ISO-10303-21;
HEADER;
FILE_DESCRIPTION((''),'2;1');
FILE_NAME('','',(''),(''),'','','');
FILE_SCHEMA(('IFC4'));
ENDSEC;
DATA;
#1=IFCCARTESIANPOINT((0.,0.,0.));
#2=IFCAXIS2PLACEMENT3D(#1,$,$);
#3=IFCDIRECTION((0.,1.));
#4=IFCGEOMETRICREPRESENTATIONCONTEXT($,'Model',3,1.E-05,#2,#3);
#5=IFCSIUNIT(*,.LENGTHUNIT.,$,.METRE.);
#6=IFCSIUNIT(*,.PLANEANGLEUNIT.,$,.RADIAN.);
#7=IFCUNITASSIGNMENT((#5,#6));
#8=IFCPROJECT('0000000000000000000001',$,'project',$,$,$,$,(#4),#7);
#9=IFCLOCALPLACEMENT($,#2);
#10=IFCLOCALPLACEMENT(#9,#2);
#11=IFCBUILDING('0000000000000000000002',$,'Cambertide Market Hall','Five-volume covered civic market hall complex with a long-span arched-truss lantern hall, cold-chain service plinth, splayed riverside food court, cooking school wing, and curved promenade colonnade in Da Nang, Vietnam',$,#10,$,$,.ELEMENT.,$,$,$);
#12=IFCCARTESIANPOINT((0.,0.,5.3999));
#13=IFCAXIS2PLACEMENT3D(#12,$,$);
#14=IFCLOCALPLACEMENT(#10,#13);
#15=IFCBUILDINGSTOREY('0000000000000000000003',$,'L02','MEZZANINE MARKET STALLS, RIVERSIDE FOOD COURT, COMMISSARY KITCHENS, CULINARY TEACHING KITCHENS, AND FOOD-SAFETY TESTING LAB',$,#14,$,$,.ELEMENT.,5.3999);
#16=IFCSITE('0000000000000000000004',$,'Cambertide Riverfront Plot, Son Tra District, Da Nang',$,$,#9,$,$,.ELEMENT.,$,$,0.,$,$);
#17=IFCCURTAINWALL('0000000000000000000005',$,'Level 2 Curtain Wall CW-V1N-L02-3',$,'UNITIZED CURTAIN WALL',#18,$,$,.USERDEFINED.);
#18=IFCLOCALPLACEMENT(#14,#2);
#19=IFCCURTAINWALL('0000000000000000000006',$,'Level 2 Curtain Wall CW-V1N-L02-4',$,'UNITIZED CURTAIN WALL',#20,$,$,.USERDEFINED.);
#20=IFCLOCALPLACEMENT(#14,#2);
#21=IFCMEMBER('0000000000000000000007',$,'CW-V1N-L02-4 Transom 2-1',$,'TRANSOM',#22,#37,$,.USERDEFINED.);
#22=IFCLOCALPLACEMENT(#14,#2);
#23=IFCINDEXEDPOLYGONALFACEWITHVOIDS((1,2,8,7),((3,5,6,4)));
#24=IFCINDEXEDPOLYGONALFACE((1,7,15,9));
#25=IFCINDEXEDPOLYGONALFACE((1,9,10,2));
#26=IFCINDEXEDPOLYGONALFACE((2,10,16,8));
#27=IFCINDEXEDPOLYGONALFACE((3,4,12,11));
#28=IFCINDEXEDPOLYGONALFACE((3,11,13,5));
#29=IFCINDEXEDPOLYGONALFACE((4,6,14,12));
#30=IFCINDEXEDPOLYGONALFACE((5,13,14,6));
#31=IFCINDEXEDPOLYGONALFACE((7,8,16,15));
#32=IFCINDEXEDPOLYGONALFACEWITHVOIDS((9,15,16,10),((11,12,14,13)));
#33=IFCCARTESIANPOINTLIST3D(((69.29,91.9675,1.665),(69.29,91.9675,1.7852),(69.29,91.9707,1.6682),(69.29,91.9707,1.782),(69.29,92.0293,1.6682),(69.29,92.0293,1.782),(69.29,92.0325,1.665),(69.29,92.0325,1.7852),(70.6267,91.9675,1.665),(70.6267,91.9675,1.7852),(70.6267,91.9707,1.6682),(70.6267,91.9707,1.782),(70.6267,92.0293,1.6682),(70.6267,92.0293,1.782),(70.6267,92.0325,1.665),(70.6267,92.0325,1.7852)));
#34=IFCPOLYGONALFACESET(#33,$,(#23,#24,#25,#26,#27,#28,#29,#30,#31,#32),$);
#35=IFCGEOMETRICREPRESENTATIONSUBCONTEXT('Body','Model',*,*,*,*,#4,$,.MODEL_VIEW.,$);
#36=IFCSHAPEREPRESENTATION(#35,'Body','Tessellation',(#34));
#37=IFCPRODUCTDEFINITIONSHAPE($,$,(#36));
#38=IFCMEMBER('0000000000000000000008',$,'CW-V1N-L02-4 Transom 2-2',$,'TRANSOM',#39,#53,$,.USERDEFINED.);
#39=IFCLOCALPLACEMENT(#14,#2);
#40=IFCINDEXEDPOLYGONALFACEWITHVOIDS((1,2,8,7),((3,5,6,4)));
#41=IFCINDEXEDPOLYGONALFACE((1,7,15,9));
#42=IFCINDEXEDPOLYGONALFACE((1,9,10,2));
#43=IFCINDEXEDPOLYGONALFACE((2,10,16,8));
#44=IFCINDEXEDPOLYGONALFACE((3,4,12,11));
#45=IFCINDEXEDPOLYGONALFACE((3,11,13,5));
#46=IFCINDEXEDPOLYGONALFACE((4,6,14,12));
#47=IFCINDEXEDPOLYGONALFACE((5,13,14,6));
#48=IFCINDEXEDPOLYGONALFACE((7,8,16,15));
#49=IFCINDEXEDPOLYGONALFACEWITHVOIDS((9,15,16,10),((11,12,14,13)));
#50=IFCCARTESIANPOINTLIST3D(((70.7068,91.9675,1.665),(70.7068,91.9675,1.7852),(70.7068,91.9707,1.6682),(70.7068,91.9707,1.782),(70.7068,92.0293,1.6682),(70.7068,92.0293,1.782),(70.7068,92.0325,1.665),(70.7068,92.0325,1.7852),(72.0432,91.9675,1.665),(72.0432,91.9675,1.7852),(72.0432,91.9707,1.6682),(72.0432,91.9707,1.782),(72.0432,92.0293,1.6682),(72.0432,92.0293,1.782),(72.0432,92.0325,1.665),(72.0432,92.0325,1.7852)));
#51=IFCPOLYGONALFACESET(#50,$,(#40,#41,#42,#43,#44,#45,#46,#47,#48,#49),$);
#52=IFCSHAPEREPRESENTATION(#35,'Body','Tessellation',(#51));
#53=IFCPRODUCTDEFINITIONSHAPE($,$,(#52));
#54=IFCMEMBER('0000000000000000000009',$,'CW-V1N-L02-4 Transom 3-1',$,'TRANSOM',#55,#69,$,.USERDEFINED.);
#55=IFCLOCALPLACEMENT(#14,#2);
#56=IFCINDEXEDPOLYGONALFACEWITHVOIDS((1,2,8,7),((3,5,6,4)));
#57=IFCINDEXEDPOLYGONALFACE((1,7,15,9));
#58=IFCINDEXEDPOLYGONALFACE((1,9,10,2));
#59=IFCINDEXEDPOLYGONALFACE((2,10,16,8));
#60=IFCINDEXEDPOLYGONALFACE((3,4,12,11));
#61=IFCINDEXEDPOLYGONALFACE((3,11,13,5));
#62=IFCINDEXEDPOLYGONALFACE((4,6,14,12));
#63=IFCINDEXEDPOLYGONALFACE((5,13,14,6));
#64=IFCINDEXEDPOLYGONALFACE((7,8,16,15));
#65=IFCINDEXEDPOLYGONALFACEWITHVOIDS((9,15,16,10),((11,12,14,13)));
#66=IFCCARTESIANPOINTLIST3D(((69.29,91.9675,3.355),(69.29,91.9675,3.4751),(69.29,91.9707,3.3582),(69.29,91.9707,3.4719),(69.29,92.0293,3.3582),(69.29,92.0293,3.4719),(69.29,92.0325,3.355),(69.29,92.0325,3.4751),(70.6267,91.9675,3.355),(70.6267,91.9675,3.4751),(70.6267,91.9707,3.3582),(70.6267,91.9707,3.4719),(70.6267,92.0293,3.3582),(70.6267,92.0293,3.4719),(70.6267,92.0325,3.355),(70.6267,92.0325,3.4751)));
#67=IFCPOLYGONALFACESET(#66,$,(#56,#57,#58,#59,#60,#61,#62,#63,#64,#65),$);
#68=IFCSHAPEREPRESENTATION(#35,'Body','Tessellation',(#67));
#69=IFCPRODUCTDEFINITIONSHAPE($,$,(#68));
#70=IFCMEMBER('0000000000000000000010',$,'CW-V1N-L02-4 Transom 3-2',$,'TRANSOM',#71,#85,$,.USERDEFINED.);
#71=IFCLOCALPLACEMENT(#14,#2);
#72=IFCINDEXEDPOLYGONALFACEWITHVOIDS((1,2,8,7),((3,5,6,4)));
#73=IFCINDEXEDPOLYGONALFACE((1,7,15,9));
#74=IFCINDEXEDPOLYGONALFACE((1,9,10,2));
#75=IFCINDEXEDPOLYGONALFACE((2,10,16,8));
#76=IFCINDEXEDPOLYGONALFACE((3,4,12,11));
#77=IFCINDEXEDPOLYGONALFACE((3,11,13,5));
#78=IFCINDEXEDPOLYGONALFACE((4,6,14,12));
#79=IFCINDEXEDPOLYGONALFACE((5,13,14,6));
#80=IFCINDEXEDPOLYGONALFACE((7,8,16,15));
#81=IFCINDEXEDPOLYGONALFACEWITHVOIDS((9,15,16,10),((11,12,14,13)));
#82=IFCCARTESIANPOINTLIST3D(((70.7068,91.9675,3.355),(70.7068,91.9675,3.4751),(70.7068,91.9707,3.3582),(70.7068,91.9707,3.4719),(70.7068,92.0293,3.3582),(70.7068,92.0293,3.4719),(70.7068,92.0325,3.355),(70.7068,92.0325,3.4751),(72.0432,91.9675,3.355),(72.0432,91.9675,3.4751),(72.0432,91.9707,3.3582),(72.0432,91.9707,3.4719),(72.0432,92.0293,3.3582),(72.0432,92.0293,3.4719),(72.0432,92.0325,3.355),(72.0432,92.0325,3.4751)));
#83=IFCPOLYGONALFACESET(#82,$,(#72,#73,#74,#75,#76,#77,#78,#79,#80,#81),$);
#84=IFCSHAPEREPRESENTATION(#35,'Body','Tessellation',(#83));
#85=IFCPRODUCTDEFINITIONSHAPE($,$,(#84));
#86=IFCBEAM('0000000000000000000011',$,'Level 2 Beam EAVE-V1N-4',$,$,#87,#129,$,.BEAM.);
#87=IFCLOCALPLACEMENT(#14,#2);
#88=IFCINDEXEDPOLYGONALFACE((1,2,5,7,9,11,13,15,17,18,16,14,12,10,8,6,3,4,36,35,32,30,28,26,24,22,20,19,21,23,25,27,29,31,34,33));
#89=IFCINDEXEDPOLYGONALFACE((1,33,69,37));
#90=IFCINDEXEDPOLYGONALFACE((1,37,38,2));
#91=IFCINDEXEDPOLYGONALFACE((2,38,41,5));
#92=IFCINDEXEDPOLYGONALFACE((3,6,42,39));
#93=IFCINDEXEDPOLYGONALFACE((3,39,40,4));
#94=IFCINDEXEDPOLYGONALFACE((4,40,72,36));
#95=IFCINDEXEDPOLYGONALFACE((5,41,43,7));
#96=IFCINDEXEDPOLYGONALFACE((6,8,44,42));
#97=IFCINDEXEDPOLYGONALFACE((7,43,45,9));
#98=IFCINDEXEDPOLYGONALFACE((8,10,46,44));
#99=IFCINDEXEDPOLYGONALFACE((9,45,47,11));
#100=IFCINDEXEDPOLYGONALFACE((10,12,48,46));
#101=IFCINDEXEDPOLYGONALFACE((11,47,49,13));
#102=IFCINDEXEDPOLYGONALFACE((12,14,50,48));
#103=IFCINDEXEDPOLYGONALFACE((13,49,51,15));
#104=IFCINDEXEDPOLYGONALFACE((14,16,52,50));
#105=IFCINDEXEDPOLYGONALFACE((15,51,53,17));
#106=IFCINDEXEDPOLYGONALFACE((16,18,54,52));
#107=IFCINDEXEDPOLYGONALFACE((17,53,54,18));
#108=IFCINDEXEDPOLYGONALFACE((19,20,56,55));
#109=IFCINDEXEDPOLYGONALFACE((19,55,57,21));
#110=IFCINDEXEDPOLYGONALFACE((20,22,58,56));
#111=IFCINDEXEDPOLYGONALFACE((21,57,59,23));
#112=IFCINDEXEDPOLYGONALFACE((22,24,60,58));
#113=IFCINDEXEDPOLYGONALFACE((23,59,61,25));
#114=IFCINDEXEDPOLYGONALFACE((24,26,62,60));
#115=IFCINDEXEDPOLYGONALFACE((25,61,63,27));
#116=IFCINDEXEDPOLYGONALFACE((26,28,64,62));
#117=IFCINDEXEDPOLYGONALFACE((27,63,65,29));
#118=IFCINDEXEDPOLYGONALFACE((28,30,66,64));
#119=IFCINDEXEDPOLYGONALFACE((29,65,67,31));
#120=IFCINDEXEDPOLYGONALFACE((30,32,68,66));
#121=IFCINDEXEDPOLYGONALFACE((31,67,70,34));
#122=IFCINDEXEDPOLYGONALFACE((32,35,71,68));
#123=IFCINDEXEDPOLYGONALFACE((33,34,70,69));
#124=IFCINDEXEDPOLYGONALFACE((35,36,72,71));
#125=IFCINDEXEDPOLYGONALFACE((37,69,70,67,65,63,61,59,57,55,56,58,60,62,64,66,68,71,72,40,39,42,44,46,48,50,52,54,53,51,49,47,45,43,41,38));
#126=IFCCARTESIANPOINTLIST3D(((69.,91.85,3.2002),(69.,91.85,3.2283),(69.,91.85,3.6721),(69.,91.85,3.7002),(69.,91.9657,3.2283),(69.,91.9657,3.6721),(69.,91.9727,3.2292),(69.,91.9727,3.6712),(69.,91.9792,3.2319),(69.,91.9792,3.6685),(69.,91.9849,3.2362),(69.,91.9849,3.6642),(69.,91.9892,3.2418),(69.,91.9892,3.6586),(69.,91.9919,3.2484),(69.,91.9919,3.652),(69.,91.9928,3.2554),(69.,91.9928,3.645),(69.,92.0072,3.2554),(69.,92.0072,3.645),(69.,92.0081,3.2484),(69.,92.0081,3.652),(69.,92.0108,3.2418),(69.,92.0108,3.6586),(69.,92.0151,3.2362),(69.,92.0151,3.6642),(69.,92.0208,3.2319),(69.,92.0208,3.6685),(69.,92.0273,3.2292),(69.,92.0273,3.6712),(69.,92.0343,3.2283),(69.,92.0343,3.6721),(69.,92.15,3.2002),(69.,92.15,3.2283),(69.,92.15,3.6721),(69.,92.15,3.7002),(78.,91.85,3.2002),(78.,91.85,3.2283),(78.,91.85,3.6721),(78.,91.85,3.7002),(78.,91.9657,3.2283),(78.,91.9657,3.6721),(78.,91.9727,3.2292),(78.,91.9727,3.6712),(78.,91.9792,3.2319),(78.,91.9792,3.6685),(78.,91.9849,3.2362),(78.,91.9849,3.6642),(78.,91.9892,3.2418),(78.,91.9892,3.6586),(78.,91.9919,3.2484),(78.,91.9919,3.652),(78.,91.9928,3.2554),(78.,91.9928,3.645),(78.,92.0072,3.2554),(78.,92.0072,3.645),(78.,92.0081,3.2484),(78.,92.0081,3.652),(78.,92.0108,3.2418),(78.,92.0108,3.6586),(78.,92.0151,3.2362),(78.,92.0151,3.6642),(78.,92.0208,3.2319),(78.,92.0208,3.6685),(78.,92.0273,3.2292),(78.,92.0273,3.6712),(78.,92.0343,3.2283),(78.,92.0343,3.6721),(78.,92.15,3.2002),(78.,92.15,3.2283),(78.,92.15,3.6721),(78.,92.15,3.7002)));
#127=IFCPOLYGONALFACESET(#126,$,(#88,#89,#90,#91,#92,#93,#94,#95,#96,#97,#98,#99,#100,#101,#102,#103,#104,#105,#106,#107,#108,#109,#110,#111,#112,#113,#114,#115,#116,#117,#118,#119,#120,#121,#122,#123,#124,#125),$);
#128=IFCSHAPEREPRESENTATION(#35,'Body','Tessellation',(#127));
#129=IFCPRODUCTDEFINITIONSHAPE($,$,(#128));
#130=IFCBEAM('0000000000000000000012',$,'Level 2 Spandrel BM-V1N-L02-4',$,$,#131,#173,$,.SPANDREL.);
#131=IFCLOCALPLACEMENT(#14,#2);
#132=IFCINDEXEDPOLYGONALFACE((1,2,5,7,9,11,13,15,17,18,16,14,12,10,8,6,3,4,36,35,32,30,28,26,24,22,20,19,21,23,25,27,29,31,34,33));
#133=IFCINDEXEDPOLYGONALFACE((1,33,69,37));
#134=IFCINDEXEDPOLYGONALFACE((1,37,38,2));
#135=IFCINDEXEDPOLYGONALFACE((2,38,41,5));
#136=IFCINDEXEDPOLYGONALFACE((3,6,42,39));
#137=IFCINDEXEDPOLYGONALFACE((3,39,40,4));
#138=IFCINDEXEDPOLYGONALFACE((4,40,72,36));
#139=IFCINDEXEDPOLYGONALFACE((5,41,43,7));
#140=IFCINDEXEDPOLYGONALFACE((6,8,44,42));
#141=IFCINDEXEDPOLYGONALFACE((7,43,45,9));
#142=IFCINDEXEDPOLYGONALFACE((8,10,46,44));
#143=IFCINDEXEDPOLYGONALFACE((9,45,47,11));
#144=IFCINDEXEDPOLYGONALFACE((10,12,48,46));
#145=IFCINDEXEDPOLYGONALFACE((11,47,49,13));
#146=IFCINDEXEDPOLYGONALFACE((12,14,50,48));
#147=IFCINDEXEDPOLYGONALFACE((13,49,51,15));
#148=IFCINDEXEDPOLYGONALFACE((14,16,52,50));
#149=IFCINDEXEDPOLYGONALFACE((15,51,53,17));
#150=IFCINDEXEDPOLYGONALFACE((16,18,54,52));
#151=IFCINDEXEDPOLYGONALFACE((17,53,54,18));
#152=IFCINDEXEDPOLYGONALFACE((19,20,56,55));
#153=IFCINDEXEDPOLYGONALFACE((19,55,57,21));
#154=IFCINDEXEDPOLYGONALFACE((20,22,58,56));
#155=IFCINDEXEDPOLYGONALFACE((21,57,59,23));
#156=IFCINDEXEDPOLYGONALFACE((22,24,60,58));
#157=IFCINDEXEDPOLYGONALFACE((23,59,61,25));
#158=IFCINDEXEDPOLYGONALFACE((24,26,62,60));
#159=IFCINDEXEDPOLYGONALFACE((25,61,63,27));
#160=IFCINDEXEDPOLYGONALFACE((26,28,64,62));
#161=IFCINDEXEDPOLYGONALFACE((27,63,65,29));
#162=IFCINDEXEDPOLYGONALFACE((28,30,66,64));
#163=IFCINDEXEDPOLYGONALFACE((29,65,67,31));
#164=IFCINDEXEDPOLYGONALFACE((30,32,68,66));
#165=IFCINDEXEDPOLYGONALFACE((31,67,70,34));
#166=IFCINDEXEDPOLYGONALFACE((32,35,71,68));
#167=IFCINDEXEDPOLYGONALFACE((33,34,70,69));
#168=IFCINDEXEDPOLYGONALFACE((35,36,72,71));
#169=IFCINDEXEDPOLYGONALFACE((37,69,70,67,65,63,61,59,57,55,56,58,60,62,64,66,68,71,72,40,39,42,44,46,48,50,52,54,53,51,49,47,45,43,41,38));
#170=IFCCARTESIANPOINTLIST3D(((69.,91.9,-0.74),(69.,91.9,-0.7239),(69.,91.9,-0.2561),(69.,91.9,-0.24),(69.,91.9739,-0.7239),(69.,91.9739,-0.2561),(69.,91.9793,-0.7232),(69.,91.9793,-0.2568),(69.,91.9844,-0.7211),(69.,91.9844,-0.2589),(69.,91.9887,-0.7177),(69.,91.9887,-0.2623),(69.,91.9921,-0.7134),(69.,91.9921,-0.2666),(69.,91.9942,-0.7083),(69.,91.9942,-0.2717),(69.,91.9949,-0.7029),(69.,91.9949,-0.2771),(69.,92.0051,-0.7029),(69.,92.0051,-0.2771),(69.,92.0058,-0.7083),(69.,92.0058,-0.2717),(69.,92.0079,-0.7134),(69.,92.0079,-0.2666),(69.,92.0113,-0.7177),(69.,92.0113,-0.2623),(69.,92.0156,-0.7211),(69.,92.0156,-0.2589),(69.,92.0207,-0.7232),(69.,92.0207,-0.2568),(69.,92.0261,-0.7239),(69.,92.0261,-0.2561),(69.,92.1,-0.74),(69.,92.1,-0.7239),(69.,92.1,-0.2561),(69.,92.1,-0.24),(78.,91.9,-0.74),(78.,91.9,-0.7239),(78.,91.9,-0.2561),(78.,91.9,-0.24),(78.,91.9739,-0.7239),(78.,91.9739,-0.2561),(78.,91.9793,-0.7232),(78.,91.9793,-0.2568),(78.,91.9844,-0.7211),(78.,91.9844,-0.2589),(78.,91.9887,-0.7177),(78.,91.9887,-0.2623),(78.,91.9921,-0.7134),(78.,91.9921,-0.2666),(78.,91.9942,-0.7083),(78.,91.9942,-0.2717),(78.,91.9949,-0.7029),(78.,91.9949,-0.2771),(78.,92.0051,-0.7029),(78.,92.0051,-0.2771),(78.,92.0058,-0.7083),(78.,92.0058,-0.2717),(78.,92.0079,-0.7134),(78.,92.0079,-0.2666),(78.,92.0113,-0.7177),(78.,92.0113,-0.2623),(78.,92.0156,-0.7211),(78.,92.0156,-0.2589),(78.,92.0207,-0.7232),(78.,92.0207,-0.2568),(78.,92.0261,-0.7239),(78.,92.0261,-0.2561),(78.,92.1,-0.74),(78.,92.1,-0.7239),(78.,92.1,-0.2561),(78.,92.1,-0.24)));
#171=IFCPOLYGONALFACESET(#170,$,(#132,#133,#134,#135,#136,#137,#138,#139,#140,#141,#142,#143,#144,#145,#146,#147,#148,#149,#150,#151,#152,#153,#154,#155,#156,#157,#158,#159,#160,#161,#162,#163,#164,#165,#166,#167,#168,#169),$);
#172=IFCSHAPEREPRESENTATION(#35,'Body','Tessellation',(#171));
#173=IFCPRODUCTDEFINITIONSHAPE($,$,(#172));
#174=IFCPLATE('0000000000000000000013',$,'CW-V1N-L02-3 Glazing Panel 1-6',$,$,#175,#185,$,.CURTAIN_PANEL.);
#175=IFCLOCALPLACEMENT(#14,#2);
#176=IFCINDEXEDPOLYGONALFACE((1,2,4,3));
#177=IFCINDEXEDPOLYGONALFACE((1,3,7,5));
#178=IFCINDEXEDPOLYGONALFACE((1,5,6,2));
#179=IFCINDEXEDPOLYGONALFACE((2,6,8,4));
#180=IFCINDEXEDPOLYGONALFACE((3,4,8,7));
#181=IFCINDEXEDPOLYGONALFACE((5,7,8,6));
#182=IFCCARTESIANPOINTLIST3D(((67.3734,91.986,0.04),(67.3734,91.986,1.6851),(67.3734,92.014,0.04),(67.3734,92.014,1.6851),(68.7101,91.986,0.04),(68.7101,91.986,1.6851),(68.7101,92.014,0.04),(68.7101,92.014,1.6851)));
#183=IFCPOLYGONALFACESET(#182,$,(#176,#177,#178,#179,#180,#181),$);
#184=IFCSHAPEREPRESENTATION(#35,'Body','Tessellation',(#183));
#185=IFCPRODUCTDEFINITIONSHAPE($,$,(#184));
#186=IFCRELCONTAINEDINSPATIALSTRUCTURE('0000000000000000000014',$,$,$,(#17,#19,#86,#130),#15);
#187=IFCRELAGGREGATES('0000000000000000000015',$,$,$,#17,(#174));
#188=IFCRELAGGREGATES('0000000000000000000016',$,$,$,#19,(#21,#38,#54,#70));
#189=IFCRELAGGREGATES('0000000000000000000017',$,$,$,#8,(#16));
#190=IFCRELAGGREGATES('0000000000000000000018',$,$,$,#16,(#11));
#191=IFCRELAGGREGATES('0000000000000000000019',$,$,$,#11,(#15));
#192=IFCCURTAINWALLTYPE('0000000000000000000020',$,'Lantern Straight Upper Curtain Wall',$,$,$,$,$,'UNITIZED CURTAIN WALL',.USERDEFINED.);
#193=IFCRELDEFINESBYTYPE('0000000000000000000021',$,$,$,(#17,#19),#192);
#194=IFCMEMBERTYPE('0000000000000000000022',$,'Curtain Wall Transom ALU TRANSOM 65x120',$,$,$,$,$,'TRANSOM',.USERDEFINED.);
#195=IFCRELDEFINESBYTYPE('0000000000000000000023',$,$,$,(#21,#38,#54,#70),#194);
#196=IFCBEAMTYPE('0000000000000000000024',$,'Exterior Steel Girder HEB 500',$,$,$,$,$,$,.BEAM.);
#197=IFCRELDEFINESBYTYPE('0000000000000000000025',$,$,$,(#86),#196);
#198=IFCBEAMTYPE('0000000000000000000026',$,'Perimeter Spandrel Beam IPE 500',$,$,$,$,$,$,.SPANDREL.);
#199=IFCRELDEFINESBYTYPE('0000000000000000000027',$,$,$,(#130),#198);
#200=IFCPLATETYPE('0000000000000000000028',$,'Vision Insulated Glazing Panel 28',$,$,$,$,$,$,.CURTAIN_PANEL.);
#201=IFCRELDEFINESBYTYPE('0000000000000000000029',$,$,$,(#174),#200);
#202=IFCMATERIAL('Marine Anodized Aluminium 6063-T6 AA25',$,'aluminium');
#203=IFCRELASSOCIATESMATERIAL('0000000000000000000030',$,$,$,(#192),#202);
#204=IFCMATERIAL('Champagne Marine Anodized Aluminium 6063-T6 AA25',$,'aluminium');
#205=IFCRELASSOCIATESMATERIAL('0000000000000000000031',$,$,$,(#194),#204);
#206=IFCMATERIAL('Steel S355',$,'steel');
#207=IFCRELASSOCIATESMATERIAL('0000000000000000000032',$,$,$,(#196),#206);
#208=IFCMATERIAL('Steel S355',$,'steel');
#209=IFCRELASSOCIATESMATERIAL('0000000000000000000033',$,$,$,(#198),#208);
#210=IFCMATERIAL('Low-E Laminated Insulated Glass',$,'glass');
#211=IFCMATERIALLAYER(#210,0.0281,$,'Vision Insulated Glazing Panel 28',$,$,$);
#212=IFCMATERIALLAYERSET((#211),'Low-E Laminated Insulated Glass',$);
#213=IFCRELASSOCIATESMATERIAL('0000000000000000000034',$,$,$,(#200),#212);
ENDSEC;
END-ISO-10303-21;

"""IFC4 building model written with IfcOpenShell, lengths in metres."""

from ifc_helpers import new_model, si_unit, direction, frame, origin, origin_2d, place, context, subcontext, project, spatial, rectangle, hollow_rectangle, i_section, extrude, material, layer, layer_set, material_profile, profile_set, type_object, element, aggregate, save


model = new_model("IFC4")

# Units and contexts
model_context = context("Model", 3, precision=1e-05, world=origin(), true_north=direction((0.0, 1.0)))
body_context = subcontext(model_context, "Body", "Model", "MODEL_VIEW")
ifc_project = project(units=[si_unit("LENGTHUNIT", "METRE"), si_unit("PLANEANGLEUNIT", "RADIAN")], contexts=[model_context])

# Site, building, storey
site_placement = place(None, origin())
site = spatial("IfcSite", under=ifc_project, at=site_placement, Name="Cambertide Riverfront Plot, Son Tra District, Da Nang", CompositionType="ELEMENT", RefElevation=0.0)
building_placement = place(site_placement, origin())
building = spatial("IfcBuilding", under=site, at=building_placement, Name="Cambertide Market Hall", Description="Five-volume covered civic market hall complex with a long-span arched-truss lantern hall, cold-chain service plinth, splayed riverside food court, cooking school wing, and curved promenade colonnade in Da Nang, Vietnam", CompositionType="ELEMENT")
storey_placement = place(building_placement, frame((0.0, 0.0, 5.3999)))
storey = spatial("IfcBuildingStorey", under=building, at=storey_placement, Name="L02", Description="MEZZANINE MARKET STALLS, RIVERSIDE FOOD COURT, COMMISSARY KITCHENS, CULINARY TEACHING KITCHENS, AND FOOD-SAFETY TESTING LAB", CompositionType="ELEMENT", Elevation=5.3999)

# Curtain wall
ifc_material_1 = material(Name="Marine Anodized Aluminium 6063-T6 AA25", Category="aluminium")
curtain_wall_type = type_object("IfcCurtainWallType", Name="Lantern Straight Upper Curtain Wall", ElementType="UNITIZED CURTAIN WALL", PredefinedType="USERDEFINED", material=ifc_material_1)
curtain_wall_1_placement = place(storey_placement, origin())
curtain_wall_1 = element("IfcCurtainWall", 1, at=curtain_wall_1_placement, inside=storey, type_object=curtain_wall_type, Name="Level 2 Curtain Wall CW-V1N-L02-3", ObjectType="UNITIZED CURTAIN WALL", PredefinedType="USERDEFINED")

# Curtain wall
curtain_wall_2_placement = place(storey_placement, origin())
curtain_wall_2 = element("IfcCurtainWall", 2, at=curtain_wall_2_placement, inside=storey, type_object=curtain_wall_type, Name="Level 2 Curtain Wall CW-V1N-L02-4", ObjectType="UNITIZED CURTAIN WALL", PredefinedType="USERDEFINED")

# Members
ifc_material_2 = material(Name="Champagne Marine Anodized Aluminium 6063-T6 AA25", Category="aluminium")
ifc_material_profile_1 = material_profile(ifc_material_2, hollow_rectangle(XDim=0.0649, YDim=0.1201, WallThickness=0.0032, at=origin_2d()), Name="ALU TRANSOM 65x120")
ifc_profile_set_1 = profile_set([ifc_material_profile_1], Name="Champagne Marine Anodized Aluminium 6063-T6 AA25")
member_type_1 = type_object("IfcMemberType", Name="Curtain Wall Transom ALU TRANSOM 65x120", ElementType="TRANSOM", PredefinedType="USERDEFINED", material=ifc_profile_set_1)
member_1_placement = place(storey_placement, frame((69.29, 92.0, 1.7251), z_axis=(1.0, 0.0, 0.0), x_axis=(0.0, 1.0, 0.0)))
member_1 = element("IfcMember", 3, at=member_1_placement, type_object=member_type_1, Name="CW-V1N-L02-4 Transom 2-1", ObjectType="TRANSOM", PredefinedType="USERDEFINED", context=body_context, shape_type="SweptSolid", body=[
    extrude(hollow_rectangle(XDim=0.0649, YDim=0.1201, WallThickness=0.0032, at=origin_2d()), origin(), (0.0, 0.0, 1.0), 1.3367),
])
member_2_placement = place(storey_placement, frame((70.7068, 92.0, 1.7251), z_axis=(1.0, 0.0, 0.0), x_axis=(0.0, 1.0, 0.0)))
member_2 = element("IfcMember", 4, at=member_2_placement, type_object=member_type_1, Name="CW-V1N-L02-4 Transom 2-2", ObjectType="TRANSOM", PredefinedType="USERDEFINED", context=body_context, shape_type="SweptSolid", body=[
    extrude(hollow_rectangle(XDim=0.0649, YDim=0.1201, WallThickness=0.0032, at=origin_2d()), origin(), (0.0, 0.0, 1.0), 1.3364),
])
member_3_placement = place(storey_placement, frame((69.29, 92.0, 3.415), z_axis=(1.0, 0.0, 0.0), x_axis=(0.0, 1.0, 0.0)))
member_3 = element("IfcMember", 5, at=member_3_placement, type_object=member_type_1, Name="CW-V1N-L02-4 Transom 3-1", ObjectType="TRANSOM", PredefinedType="USERDEFINED", context=body_context, shape_type="SweptSolid", body=[
    extrude(hollow_rectangle(XDim=0.0649, YDim=0.1201, WallThickness=0.0032, at=origin_2d()), origin(), (0.0, 0.0, 1.0), 1.3367),
])
member_4_placement = place(storey_placement, frame((70.7068, 92.0, 3.415), z_axis=(1.0, 0.0, 0.0), x_axis=(0.0, 1.0, 0.0)))
member_4 = element("IfcMember", 6, at=member_4_placement, type_object=member_type_1, Name="CW-V1N-L02-4 Transom 3-2", ObjectType="TRANSOM", PredefinedType="USERDEFINED", context=body_context, shape_type="SweptSolid", body=[
    extrude(hollow_rectangle(XDim=0.0649, YDim=0.1201, WallThickness=0.0032, at=origin_2d()), origin(), (0.0, 0.0, 1.0), 1.3364),
])

# Beams
ifc_material_3 = material(Name="Steel S355", Category="steel")
ifc_material_profile_2 = material_profile(ifc_material_3, i_section(OverallWidth=0.3, OverallDepth=0.5, WebThickness=0.0144, FlangeThickness=0.0281, FilletRadius=0.0271, at=origin_2d()), Name="HEB 500")
ifc_profile_set_2 = profile_set([ifc_material_profile_2], Name="Steel S355")
beam_type_1 = type_object("IfcBeamType", Name="Exterior Steel Girder HEB 500", PredefinedType="BEAM", material=ifc_profile_set_2)
beam_1_placement = place(storey_placement, frame((69.0, 92.0, 3.4502), z_axis=(1.0, 0.0, 0.0), x_axis=(0.0, 1.0, 0.0)))
element("IfcBeam", 7, at=beam_1_placement, inside=storey, type_object=beam_type_1, Name="Level 2 Beam EAVE-V1N-4", PredefinedType="BEAM", context=body_context, shape_type="SweptSolid", body=[
    extrude(i_section(OverallWidth=0.3, OverallDepth=0.5, WebThickness=0.0144, FlangeThickness=0.0281, FilletRadius=0.0271, at=origin_2d()), origin(), (0.0, 0.0, 1.0), 9.0),
])
ifc_material_4 = material(Name="Steel S355", Category="steel")
ifc_material_profile_3 = material_profile(ifc_material_4, i_section(OverallWidth=0.2, OverallDepth=0.5, WebThickness=0.0103, FlangeThickness=0.0161, FilletRadius=0.021, at=origin_2d()), Name="IPE 500")
ifc_profile_set_3 = profile_set([ifc_material_profile_3], Name="Steel S355")
beam_type_2 = type_object("IfcBeamType", Name="Perimeter Spandrel Beam IPE 500", PredefinedType="SPANDREL", material=ifc_profile_set_3)
beam_2_placement = place(storey_placement, frame((69.0, 92.0, -0.49), z_axis=(1.0, 0.0, 0.0), x_axis=(0.0, 1.0, 0.0)))
element("IfcBeam", 8, at=beam_2_placement, inside=storey, type_object=beam_type_2, Name="Level 2 Spandrel BM-V1N-L02-4", PredefinedType="SPANDREL", context=body_context, shape_type="SweptSolid", body=[
    extrude(i_section(OverallWidth=0.2, OverallDepth=0.5, WebThickness=0.0103, FlangeThickness=0.0161, FilletRadius=0.021, at=origin_2d()), origin(), (0.0, 0.0, 1.0), 9.0),
])

# Plate
ifc_material_5 = material(Name="Low-E Laminated Insulated Glass", Category="glass")
ifc_layer_1 = layer(ifc_material_5, 0.0281, Name="Vision Insulated Glazing Panel 28")
ifc_layer_set_1 = layer_set([ifc_layer_1], Name="Low-E Laminated Insulated Glass")
plate_type = type_object("IfcPlateType", Name="Vision Insulated Glazing Panel 28", PredefinedType="CURTAIN_PANEL", material=ifc_layer_set_1)
plate_1_placement = place(storey_placement, frame((68.0417, 92.0, 0.04), z_axis=(0.0, 0.0, 1.0), x_axis=(1.0, 0.0, 0.0)))
plate_1 = element("IfcPlate", 9, at=plate_1_placement, type_object=plate_type, Name="CW-V1N-L02-3 Glazing Panel 1-6", PredefinedType="CURTAIN_PANEL", context=body_context, shape_type="SweptSolid", body=[
    extrude(rectangle(XDim=1.3367, YDim=0.0281, at=origin_2d()), origin(), (0.0, 0.0, 1.0), 1.645),
])
aggregate(curtain_wall_1, [plate_1])
aggregate(curtain_wall_2, [member_1, member_2, member_3, member_4])

save(model, "model.ifc")
